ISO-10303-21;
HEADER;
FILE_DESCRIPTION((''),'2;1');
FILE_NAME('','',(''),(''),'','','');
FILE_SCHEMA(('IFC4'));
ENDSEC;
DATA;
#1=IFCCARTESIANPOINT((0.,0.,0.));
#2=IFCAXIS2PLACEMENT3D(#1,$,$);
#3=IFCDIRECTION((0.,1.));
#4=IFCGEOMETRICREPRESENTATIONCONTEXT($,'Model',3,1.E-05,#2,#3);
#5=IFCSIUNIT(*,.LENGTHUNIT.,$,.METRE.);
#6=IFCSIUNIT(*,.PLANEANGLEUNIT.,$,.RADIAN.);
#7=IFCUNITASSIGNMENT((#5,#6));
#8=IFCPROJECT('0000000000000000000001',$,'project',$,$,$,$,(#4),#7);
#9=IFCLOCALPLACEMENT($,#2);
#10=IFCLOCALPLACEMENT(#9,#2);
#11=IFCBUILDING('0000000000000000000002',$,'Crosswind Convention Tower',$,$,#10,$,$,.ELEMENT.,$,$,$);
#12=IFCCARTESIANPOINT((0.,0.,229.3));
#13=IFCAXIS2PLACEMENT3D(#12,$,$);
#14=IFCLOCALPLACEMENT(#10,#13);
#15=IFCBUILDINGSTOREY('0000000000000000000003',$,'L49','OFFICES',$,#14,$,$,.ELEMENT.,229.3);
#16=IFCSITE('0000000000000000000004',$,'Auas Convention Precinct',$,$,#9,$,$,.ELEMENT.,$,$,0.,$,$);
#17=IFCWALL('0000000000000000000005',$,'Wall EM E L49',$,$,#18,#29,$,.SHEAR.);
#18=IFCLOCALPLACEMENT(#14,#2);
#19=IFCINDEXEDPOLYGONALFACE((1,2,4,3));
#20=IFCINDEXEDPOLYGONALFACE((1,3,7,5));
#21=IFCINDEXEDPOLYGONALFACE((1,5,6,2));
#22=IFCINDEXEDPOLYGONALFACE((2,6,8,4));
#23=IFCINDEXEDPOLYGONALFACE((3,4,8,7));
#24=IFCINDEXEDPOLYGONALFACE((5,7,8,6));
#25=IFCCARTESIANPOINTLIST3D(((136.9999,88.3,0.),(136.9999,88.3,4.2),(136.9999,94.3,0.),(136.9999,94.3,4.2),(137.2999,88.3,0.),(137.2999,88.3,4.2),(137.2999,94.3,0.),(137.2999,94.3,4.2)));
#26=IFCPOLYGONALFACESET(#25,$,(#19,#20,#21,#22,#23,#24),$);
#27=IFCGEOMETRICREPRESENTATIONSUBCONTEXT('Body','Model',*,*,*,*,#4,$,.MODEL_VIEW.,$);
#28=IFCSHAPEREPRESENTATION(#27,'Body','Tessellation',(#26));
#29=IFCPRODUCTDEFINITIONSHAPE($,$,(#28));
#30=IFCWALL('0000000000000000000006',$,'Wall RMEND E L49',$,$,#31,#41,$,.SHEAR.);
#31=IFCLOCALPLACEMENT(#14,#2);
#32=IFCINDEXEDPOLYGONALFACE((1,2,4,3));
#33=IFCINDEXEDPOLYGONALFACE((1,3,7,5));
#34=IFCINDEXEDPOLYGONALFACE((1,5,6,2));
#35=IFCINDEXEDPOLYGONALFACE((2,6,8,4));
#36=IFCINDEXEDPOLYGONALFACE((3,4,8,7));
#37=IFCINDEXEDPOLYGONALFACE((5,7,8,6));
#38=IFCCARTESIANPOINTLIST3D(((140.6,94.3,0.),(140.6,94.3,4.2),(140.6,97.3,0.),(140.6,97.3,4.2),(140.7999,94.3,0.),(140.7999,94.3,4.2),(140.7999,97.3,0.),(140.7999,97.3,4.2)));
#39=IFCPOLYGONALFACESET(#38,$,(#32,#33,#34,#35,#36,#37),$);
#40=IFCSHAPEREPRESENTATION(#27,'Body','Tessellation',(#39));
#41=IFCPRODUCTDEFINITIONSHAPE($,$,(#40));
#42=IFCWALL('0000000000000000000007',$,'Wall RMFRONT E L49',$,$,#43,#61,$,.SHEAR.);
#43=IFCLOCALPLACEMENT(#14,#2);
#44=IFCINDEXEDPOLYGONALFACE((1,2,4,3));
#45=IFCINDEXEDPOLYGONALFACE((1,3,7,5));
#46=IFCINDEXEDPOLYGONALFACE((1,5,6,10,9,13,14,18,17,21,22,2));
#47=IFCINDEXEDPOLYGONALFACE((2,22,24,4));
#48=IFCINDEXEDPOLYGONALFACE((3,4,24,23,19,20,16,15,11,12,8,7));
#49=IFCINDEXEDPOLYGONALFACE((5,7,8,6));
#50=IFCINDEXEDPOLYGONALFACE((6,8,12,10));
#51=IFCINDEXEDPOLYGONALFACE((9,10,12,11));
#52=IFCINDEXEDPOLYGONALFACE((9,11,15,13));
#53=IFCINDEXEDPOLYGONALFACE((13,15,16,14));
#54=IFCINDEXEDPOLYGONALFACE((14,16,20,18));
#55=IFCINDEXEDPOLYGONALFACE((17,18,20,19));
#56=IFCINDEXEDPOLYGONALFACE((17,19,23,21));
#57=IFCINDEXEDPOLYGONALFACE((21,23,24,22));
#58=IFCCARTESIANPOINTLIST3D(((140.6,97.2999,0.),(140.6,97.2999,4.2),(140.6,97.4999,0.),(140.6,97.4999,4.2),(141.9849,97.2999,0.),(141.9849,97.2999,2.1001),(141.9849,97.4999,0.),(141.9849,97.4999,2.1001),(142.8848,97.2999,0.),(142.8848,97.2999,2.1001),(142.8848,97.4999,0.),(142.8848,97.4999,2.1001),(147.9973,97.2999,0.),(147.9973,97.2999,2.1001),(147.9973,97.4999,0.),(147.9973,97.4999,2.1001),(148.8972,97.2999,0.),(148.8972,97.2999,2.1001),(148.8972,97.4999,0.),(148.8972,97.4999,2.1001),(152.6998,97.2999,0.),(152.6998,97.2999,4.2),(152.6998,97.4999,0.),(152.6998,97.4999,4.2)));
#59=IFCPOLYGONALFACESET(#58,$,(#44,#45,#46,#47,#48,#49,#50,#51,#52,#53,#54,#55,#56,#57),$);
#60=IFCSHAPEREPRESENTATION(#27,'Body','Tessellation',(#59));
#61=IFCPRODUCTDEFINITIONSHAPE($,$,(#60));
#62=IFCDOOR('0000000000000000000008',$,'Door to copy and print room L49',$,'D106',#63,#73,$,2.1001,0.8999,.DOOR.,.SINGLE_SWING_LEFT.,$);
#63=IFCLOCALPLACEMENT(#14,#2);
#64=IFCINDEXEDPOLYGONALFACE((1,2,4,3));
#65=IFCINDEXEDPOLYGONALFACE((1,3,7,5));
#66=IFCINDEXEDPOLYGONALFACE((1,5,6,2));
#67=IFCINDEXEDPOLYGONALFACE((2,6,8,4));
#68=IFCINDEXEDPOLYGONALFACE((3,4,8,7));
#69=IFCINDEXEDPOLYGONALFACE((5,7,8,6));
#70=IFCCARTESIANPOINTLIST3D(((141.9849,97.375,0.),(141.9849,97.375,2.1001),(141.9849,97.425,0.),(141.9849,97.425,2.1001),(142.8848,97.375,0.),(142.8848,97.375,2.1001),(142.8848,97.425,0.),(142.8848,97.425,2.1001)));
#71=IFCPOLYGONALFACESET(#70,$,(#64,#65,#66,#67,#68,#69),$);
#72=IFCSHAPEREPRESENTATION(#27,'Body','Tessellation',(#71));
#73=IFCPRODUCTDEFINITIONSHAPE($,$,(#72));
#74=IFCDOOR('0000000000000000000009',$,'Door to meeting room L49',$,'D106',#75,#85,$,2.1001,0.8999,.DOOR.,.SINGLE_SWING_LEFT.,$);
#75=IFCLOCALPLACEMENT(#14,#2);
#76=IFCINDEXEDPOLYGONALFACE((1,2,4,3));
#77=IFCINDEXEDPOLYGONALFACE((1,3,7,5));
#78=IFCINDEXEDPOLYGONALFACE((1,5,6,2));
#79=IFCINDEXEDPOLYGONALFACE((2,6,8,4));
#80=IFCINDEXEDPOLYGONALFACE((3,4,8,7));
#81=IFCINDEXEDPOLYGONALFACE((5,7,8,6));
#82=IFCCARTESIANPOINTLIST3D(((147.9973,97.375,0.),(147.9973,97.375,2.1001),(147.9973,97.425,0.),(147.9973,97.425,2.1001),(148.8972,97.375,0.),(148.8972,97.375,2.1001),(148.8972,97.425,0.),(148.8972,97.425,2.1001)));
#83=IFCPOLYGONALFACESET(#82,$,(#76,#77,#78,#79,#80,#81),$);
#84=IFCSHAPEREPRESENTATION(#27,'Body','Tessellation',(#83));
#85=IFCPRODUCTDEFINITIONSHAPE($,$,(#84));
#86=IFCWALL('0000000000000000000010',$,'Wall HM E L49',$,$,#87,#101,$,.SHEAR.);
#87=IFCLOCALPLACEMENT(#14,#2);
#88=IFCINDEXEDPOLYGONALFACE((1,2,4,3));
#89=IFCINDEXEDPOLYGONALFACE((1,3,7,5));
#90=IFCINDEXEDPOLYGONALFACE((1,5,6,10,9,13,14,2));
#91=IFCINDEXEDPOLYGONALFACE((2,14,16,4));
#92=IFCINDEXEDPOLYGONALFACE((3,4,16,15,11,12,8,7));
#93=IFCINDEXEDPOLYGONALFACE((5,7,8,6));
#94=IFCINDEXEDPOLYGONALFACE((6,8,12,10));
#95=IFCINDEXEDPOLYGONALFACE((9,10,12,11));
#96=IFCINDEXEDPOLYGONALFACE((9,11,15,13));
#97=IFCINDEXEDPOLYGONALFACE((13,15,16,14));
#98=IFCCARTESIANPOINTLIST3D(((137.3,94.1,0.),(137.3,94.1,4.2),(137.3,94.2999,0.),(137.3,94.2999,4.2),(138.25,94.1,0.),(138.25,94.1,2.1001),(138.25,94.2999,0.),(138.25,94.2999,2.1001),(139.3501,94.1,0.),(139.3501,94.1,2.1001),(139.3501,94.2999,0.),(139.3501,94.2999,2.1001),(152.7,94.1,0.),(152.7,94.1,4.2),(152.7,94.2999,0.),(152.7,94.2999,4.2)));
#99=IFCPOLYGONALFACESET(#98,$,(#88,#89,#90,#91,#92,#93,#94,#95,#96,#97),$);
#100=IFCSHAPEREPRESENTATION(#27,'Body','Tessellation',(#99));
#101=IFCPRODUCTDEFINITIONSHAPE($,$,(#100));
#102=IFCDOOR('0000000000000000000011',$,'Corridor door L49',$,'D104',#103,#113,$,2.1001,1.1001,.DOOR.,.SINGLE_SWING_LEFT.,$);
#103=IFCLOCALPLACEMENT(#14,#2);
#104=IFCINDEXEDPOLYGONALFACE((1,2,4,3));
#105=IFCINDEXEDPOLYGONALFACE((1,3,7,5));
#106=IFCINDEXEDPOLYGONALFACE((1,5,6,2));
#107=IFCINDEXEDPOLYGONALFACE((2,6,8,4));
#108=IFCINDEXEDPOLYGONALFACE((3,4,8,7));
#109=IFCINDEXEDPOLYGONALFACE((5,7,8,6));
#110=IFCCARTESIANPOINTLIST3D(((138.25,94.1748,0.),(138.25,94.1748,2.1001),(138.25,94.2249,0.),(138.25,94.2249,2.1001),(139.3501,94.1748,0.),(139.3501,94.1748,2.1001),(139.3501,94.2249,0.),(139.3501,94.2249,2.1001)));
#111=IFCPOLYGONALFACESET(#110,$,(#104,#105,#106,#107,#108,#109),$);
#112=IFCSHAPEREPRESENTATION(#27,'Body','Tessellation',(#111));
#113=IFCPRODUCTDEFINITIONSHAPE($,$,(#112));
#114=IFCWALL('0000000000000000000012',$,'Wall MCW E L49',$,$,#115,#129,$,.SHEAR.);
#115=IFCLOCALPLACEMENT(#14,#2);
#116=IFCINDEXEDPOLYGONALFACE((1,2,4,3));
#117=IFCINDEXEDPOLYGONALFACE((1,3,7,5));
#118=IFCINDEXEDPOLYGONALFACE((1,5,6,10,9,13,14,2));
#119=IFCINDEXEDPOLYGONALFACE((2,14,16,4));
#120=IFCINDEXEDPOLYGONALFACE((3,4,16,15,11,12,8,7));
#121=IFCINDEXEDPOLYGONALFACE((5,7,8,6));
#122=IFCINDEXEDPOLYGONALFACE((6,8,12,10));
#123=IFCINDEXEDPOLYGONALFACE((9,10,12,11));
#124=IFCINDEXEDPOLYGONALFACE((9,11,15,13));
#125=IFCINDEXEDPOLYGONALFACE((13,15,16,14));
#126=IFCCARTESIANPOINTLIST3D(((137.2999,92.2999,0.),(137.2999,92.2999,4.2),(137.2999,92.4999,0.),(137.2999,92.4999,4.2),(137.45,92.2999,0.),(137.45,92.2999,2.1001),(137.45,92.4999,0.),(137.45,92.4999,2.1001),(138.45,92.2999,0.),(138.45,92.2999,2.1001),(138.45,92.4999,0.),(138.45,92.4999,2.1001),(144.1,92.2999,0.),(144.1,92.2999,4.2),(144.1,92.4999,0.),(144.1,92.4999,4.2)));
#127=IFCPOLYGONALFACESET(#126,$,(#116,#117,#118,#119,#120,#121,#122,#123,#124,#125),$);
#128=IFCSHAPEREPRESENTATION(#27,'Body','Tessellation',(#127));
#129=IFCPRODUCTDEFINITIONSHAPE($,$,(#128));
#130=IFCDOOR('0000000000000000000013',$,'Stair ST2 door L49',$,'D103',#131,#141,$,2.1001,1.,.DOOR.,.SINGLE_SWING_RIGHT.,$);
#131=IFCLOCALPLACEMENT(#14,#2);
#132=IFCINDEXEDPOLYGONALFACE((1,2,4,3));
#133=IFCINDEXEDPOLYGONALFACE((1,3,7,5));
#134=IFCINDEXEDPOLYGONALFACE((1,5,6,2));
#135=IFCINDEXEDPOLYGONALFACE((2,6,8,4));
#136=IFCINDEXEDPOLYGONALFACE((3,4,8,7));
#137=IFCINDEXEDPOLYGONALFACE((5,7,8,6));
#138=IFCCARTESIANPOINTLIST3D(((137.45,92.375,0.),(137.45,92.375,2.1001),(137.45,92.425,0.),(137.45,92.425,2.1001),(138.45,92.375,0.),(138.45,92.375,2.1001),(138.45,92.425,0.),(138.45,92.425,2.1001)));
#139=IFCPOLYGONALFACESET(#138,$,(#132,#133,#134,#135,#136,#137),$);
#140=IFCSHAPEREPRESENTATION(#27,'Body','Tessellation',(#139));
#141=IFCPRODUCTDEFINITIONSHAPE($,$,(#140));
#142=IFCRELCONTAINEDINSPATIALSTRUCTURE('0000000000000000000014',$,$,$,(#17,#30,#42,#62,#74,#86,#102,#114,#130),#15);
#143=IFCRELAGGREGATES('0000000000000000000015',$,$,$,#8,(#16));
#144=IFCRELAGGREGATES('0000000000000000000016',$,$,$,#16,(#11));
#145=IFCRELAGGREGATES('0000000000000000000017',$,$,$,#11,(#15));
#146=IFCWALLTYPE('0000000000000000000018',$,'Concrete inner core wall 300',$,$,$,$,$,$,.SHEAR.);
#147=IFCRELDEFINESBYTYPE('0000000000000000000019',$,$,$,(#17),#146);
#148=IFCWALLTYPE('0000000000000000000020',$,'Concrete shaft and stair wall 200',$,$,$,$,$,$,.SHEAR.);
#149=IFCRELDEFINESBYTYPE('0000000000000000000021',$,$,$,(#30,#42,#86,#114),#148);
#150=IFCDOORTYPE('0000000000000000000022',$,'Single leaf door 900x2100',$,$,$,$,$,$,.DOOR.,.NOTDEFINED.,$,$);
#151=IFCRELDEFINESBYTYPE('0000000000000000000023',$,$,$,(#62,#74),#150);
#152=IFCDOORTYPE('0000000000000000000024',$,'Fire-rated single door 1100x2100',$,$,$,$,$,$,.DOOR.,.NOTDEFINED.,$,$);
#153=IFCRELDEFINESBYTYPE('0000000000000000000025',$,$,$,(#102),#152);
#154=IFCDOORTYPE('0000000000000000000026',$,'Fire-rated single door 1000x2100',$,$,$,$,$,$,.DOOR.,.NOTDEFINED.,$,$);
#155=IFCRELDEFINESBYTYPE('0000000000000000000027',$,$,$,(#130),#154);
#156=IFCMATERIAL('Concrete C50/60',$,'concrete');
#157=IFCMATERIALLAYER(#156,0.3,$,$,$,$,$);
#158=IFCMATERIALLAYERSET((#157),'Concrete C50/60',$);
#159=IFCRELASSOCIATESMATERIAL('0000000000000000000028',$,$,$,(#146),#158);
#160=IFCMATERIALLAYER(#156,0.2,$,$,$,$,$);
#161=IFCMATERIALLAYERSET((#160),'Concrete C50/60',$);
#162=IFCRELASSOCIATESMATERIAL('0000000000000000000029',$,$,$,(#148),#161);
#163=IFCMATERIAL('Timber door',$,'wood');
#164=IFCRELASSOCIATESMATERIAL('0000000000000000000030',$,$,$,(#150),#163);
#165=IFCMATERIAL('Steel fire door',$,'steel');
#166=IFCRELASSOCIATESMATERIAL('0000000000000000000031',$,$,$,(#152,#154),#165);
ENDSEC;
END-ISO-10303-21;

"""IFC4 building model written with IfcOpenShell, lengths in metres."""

from ifc_helpers import new_model, si_unit, direction, frame, frame_2d, origin, place, context, subcontext, project, spatial, rectangle, extrude, material, layer, layer_set, type_object, element, fill, save


model = new_model("IFC4")

# Units and contexts
model_context = context("Model", 3, precision=1e-05, world=origin(), true_north=direction((0.0, 1.0)))
body_context = subcontext(model_context, "Body", "Model", "MODEL_VIEW")
ifc_project = project(units=[si_unit("LENGTHUNIT", "METRE"), si_unit("PLANEANGLEUNIT", "RADIAN")], contexts=[model_context])

# Site, building, storey
site_placement = place(None, origin())
site = spatial("IfcSite", under=ifc_project, at=site_placement, Name="Auas Convention Precinct", CompositionType="ELEMENT", RefElevation=0.0)
building_placement = place(site_placement, origin())
building = spatial("IfcBuilding", under=site, at=building_placement, Name="Crosswind Convention Tower", CompositionType="ELEMENT")
storey_placement = place(building_placement, frame((0.0, 0.0, 229.3)))
storey = spatial("IfcBuildingStorey", under=building, at=storey_placement, Name="L49", Description="OFFICES", CompositionType="ELEMENT", Elevation=229.3)

# Shared definitions
ifc_material_1 = material(Name="Concrete C50/60", Category="concrete")
ifc_layer_1 = layer(ifc_material_1, 0.3)
ifc_layer_set_1 = layer_set([ifc_layer_1], Name="Concrete C50/60")
wall_type_1 = type_object("IfcWallType", Name="Concrete inner core wall 300", PredefinedType="SHEAR", material=ifc_layer_set_1)

# Walls
wall_1_placement = place(storey_placement, frame((137.1499, 88.3, 0.0), z_axis=(0.0, 0.0, 1.0), x_axis=(0.0, 1.0, 0.0)))
element("IfcWall", 1, at=wall_1_placement, inside=storey, type_object=wall_type_1, Name="Wall EM E L49", PredefinedType="SHEAR", context=body_context, shape_type="SweptSolid", body=[
    extrude(rectangle(XDim=6.0, YDim=0.3, at=frame_2d((3.0, 0.0))), origin(), (0.0, 0.0, 1.0), 4.2),
])
ifc_layer_2 = layer(ifc_material_1, 0.2)
ifc_layer_set_2 = layer_set([ifc_layer_2], Name="Concrete C50/60")
wall_type_2 = type_object("IfcWallType", Name="Concrete shaft and stair wall 200", PredefinedType="SHEAR", material=ifc_layer_set_2)
wall_2_placement = place(storey_placement, frame((140.7, 94.3, 0.0), z_axis=(0.0, 0.0, 1.0), x_axis=(0.0, 1.0, 0.0)))
element("IfcWall", 2, at=wall_2_placement, inside=storey, type_object=wall_type_2, Name="Wall RMEND E L49", PredefinedType="SHEAR", context=body_context, shape_type="SweptSolid", body=[
    extrude(rectangle(XDim=3.0, YDim=0.2, at=frame_2d((1.5, 0.0))), origin(), (0.0, 0.0, 1.0), 4.2),
])

# Wall, openings, doors
wall_3_placement = place(storey_placement, frame((140.6001, 97.3999, 0.0), z_axis=(0.0, 0.0, 1.0), x_axis=(1.0, 0.0, 0.0)))
wall_3 = element("IfcWall", 3, at=wall_3_placement, inside=storey, type_object=wall_type_2, Name="Wall RMFRONT E L49", PredefinedType="SHEAR", context=body_context, shape_type="SweptSolid", body=[
    extrude(rectangle(XDim=12.0999, YDim=0.2, at=frame_2d((6.0498, 0.0))), origin(), (0.0, 0.0, 1.0), 4.2),
])
opening_1_placement = place(wall_3_placement, frame((1.3848, 0.0, 0.0)))
opening_1 = element("IfcOpeningElement", 4, at=opening_1_placement, cuts=wall_3, PredefinedType="OPENING", context=body_context, shape_type="SweptSolid", body=[
    extrude(rectangle(XDim=0.8999, YDim=2.1001, at=frame_2d((0.45, 1.05))), frame((0.0, 0.1099, 0.0), z_axis=(0.0, -1.0, 0.0), x_axis=(1.0, 0.0, 0.0)), (0.0, 0.0, 1.0), 0.22),
])
opening_2_placement = place(wall_3_placement, frame((7.3972, 0.0, 0.0)))
opening_2 = element("IfcOpeningElement", 5, at=opening_2_placement, cuts=wall_3, PredefinedType="OPENING", context=body_context, shape_type="SweptSolid", body=[
    extrude(rectangle(XDim=0.8999, YDim=2.1001, at=frame_2d((0.45, 1.05))), frame((0.0, 0.1099, 0.0), z_axis=(0.0, -1.0, 0.0), x_axis=(1.0, 0.0, 0.0)), (0.0, 0.0, 1.0), 0.22),
])
ifc_material_2 = material(Name="Timber door", Category="wood")
door_type_1 = type_object("IfcDoorType", Name="Single leaf door 900x2100", OperationType="NOTDEFINED", PredefinedType="DOOR", material=ifc_material_2)
door_1_placement = place(opening_1_placement, frame((0.8999, 0.0, 0.0), z_axis=(0.0, 0.0, 1.0), x_axis=(-1.0, 0.0, 0.0)))
door_1 = element("IfcDoor", 6, at=door_1_placement, inside=storey, type_object=door_type_1, Name="Door to copy and print room L49", ObjectType="D106", OperationType="SINGLE_SWING_LEFT", OverallHeight=2.1001, OverallWidth=0.8999, PredefinedType="DOOR", context=body_context, shape_type="SweptSolid", body=[
    extrude(rectangle(XDim=0.8999, YDim=2.1001, at=frame_2d((0.45, 1.05))), frame((0.0, 0.0249, 0.0), z_axis=(0.0, -1.0, 0.0), x_axis=(1.0, 0.0, 0.0)), (0.0, 0.0, 1.0), 0.05),
])
fill(opening_1, door_1)
door_2_placement = place(opening_2_placement, frame((0.8999, 0.0, 0.0), z_axis=(0.0, 0.0, 1.0), x_axis=(-1.0, 0.0, 0.0)))
door_2 = element("IfcDoor", 7, at=door_2_placement, inside=storey, type_object=door_type_1, Name="Door to meeting room L49", ObjectType="D106", OperationType="SINGLE_SWING_LEFT", OverallHeight=2.1001, OverallWidth=0.8999, PredefinedType="DOOR", context=body_context, shape_type="SweptSolid", body=[
    extrude(rectangle(XDim=0.8999, YDim=2.1001, at=frame_2d((0.45, 1.05))), frame((0.0, 0.0249, 0.0), z_axis=(0.0, -1.0, 0.0), x_axis=(1.0, 0.0, 0.0)), (0.0, 0.0, 1.0), 0.05),
])
fill(opening_2, door_2)

# Walls, openings, doors
wall_4_placement = place(storey_placement, frame((137.3, 94.2, 0.0), z_axis=(0.0, 0.0, 1.0), x_axis=(1.0, 0.0, 0.0)))
wall_4 = element("IfcWall", 8, at=wall_4_placement, inside=storey, type_object=wall_type_2, Name="Wall HM E L49", PredefinedType="SHEAR", context=body_context, shape_type="SweptSolid", body=[
    extrude(rectangle(XDim=15.3999, YDim=0.2, at=frame_2d((7.7, 0.0))), origin(), (0.0, 0.0, 1.0), 4.2),
])
opening_3_placement = place(wall_4_placement, frame((0.95, 0.0, 0.0)))
opening_3 = element("IfcOpeningElement", 9, at=opening_3_placement, cuts=wall_4, PredefinedType="OPENING", context=body_context, shape_type="SweptSolid", body=[
    extrude(rectangle(XDim=1.1001, YDim=2.1001, at=frame_2d((0.55, 1.05))), frame((0.0, 0.1099, 0.0), z_axis=(0.0, -1.0, 0.0), x_axis=(1.0, 0.0, 0.0)), (0.0, 0.0, 1.0), 0.22),
])
ifc_material_3 = material(Name="Steel fire door", Category="steel")
door_type_2 = type_object("IfcDoorType", Name="Fire-rated single door 1100x2100", OperationType="NOTDEFINED", PredefinedType="DOOR", material=ifc_material_3)
door_3_placement = place(opening_3_placement, origin())
door_3 = element("IfcDoor", 10, at=door_3_placement, inside=storey, type_object=door_type_2, Name="Corridor door L49", ObjectType="D104", OperationType="SINGLE_SWING_LEFT", OverallHeight=2.1001, OverallWidth=1.1001, PredefinedType="DOOR", context=body_context, shape_type="SweptSolid", body=[
    extrude(rectangle(XDim=1.1001, YDim=2.1001, at=frame_2d((0.55, 1.05))), frame((0.0, 0.0249, 0.0), z_axis=(0.0, -1.0, 0.0), x_axis=(1.0, 0.0, 0.0)), (0.0, 0.0, 1.0), 0.05),
])
fill(opening_3, door_3)
wall_5_placement = place(storey_placement, frame((137.3, 92.3999, 0.0), z_axis=(0.0, 0.0, 1.0), x_axis=(1.0, 0.0, 0.0)))
wall_5 = element("IfcWall", 11, at=wall_5_placement, inside=storey, type_object=wall_type_2, Name="Wall MCW E L49", PredefinedType="SHEAR", context=body_context, shape_type="SweptSolid", body=[
    extrude(rectangle(XDim=6.8, YDim=0.2, at=frame_2d((3.3999, 0.0))), origin(), (0.0, 0.0, 1.0), 4.2),
])
opening_4_placement = place(wall_5_placement, frame((0.1499, 0.0, 0.0)))
opening_4 = element("IfcOpeningElement", 12, at=opening_4_placement, cuts=wall_5, PredefinedType="OPENING", context=body_context, shape_type="SweptSolid", body=[
    extrude(rectangle(XDim=1.0, YDim=2.1001, at=frame_2d((0.5, 1.05))), frame((0.0, 0.1099, 0.0), z_axis=(0.0, -1.0, 0.0), x_axis=(1.0, 0.0, 0.0)), (0.0, 0.0, 1.0), 0.22),
])
door_type_3 = type_object("IfcDoorType", Name="Fire-rated single door 1000x2100", OperationType="NOTDEFINED", PredefinedType="DOOR", material=ifc_material_3)
door_4_placement = place(opening_4_placement, frame((1.0, 0.0, 0.0), z_axis=(0.0, 0.0, 1.0), x_axis=(-1.0, 0.0, 0.0)))
door_4 = element("IfcDoor", 13, at=door_4_placement, inside=storey, type_object=door_type_3, Name="Stair ST2 door L49", ObjectType="D103", OperationType="SINGLE_SWING_RIGHT", OverallHeight=2.1001, OverallWidth=1.0, PredefinedType="DOOR", context=body_context, shape_type="SweptSolid", body=[
    extrude(rectangle(XDim=1.0, YDim=2.1001, at=frame_2d((0.5, 1.05))), frame((0.0, 0.0249, 0.0), z_axis=(0.0, -1.0, 0.0), x_axis=(1.0, 0.0, 0.0)), (0.0, 0.0, 1.0), 0.05),
])
fill(opening_4, door_4)

save(model, "model.ifc")
